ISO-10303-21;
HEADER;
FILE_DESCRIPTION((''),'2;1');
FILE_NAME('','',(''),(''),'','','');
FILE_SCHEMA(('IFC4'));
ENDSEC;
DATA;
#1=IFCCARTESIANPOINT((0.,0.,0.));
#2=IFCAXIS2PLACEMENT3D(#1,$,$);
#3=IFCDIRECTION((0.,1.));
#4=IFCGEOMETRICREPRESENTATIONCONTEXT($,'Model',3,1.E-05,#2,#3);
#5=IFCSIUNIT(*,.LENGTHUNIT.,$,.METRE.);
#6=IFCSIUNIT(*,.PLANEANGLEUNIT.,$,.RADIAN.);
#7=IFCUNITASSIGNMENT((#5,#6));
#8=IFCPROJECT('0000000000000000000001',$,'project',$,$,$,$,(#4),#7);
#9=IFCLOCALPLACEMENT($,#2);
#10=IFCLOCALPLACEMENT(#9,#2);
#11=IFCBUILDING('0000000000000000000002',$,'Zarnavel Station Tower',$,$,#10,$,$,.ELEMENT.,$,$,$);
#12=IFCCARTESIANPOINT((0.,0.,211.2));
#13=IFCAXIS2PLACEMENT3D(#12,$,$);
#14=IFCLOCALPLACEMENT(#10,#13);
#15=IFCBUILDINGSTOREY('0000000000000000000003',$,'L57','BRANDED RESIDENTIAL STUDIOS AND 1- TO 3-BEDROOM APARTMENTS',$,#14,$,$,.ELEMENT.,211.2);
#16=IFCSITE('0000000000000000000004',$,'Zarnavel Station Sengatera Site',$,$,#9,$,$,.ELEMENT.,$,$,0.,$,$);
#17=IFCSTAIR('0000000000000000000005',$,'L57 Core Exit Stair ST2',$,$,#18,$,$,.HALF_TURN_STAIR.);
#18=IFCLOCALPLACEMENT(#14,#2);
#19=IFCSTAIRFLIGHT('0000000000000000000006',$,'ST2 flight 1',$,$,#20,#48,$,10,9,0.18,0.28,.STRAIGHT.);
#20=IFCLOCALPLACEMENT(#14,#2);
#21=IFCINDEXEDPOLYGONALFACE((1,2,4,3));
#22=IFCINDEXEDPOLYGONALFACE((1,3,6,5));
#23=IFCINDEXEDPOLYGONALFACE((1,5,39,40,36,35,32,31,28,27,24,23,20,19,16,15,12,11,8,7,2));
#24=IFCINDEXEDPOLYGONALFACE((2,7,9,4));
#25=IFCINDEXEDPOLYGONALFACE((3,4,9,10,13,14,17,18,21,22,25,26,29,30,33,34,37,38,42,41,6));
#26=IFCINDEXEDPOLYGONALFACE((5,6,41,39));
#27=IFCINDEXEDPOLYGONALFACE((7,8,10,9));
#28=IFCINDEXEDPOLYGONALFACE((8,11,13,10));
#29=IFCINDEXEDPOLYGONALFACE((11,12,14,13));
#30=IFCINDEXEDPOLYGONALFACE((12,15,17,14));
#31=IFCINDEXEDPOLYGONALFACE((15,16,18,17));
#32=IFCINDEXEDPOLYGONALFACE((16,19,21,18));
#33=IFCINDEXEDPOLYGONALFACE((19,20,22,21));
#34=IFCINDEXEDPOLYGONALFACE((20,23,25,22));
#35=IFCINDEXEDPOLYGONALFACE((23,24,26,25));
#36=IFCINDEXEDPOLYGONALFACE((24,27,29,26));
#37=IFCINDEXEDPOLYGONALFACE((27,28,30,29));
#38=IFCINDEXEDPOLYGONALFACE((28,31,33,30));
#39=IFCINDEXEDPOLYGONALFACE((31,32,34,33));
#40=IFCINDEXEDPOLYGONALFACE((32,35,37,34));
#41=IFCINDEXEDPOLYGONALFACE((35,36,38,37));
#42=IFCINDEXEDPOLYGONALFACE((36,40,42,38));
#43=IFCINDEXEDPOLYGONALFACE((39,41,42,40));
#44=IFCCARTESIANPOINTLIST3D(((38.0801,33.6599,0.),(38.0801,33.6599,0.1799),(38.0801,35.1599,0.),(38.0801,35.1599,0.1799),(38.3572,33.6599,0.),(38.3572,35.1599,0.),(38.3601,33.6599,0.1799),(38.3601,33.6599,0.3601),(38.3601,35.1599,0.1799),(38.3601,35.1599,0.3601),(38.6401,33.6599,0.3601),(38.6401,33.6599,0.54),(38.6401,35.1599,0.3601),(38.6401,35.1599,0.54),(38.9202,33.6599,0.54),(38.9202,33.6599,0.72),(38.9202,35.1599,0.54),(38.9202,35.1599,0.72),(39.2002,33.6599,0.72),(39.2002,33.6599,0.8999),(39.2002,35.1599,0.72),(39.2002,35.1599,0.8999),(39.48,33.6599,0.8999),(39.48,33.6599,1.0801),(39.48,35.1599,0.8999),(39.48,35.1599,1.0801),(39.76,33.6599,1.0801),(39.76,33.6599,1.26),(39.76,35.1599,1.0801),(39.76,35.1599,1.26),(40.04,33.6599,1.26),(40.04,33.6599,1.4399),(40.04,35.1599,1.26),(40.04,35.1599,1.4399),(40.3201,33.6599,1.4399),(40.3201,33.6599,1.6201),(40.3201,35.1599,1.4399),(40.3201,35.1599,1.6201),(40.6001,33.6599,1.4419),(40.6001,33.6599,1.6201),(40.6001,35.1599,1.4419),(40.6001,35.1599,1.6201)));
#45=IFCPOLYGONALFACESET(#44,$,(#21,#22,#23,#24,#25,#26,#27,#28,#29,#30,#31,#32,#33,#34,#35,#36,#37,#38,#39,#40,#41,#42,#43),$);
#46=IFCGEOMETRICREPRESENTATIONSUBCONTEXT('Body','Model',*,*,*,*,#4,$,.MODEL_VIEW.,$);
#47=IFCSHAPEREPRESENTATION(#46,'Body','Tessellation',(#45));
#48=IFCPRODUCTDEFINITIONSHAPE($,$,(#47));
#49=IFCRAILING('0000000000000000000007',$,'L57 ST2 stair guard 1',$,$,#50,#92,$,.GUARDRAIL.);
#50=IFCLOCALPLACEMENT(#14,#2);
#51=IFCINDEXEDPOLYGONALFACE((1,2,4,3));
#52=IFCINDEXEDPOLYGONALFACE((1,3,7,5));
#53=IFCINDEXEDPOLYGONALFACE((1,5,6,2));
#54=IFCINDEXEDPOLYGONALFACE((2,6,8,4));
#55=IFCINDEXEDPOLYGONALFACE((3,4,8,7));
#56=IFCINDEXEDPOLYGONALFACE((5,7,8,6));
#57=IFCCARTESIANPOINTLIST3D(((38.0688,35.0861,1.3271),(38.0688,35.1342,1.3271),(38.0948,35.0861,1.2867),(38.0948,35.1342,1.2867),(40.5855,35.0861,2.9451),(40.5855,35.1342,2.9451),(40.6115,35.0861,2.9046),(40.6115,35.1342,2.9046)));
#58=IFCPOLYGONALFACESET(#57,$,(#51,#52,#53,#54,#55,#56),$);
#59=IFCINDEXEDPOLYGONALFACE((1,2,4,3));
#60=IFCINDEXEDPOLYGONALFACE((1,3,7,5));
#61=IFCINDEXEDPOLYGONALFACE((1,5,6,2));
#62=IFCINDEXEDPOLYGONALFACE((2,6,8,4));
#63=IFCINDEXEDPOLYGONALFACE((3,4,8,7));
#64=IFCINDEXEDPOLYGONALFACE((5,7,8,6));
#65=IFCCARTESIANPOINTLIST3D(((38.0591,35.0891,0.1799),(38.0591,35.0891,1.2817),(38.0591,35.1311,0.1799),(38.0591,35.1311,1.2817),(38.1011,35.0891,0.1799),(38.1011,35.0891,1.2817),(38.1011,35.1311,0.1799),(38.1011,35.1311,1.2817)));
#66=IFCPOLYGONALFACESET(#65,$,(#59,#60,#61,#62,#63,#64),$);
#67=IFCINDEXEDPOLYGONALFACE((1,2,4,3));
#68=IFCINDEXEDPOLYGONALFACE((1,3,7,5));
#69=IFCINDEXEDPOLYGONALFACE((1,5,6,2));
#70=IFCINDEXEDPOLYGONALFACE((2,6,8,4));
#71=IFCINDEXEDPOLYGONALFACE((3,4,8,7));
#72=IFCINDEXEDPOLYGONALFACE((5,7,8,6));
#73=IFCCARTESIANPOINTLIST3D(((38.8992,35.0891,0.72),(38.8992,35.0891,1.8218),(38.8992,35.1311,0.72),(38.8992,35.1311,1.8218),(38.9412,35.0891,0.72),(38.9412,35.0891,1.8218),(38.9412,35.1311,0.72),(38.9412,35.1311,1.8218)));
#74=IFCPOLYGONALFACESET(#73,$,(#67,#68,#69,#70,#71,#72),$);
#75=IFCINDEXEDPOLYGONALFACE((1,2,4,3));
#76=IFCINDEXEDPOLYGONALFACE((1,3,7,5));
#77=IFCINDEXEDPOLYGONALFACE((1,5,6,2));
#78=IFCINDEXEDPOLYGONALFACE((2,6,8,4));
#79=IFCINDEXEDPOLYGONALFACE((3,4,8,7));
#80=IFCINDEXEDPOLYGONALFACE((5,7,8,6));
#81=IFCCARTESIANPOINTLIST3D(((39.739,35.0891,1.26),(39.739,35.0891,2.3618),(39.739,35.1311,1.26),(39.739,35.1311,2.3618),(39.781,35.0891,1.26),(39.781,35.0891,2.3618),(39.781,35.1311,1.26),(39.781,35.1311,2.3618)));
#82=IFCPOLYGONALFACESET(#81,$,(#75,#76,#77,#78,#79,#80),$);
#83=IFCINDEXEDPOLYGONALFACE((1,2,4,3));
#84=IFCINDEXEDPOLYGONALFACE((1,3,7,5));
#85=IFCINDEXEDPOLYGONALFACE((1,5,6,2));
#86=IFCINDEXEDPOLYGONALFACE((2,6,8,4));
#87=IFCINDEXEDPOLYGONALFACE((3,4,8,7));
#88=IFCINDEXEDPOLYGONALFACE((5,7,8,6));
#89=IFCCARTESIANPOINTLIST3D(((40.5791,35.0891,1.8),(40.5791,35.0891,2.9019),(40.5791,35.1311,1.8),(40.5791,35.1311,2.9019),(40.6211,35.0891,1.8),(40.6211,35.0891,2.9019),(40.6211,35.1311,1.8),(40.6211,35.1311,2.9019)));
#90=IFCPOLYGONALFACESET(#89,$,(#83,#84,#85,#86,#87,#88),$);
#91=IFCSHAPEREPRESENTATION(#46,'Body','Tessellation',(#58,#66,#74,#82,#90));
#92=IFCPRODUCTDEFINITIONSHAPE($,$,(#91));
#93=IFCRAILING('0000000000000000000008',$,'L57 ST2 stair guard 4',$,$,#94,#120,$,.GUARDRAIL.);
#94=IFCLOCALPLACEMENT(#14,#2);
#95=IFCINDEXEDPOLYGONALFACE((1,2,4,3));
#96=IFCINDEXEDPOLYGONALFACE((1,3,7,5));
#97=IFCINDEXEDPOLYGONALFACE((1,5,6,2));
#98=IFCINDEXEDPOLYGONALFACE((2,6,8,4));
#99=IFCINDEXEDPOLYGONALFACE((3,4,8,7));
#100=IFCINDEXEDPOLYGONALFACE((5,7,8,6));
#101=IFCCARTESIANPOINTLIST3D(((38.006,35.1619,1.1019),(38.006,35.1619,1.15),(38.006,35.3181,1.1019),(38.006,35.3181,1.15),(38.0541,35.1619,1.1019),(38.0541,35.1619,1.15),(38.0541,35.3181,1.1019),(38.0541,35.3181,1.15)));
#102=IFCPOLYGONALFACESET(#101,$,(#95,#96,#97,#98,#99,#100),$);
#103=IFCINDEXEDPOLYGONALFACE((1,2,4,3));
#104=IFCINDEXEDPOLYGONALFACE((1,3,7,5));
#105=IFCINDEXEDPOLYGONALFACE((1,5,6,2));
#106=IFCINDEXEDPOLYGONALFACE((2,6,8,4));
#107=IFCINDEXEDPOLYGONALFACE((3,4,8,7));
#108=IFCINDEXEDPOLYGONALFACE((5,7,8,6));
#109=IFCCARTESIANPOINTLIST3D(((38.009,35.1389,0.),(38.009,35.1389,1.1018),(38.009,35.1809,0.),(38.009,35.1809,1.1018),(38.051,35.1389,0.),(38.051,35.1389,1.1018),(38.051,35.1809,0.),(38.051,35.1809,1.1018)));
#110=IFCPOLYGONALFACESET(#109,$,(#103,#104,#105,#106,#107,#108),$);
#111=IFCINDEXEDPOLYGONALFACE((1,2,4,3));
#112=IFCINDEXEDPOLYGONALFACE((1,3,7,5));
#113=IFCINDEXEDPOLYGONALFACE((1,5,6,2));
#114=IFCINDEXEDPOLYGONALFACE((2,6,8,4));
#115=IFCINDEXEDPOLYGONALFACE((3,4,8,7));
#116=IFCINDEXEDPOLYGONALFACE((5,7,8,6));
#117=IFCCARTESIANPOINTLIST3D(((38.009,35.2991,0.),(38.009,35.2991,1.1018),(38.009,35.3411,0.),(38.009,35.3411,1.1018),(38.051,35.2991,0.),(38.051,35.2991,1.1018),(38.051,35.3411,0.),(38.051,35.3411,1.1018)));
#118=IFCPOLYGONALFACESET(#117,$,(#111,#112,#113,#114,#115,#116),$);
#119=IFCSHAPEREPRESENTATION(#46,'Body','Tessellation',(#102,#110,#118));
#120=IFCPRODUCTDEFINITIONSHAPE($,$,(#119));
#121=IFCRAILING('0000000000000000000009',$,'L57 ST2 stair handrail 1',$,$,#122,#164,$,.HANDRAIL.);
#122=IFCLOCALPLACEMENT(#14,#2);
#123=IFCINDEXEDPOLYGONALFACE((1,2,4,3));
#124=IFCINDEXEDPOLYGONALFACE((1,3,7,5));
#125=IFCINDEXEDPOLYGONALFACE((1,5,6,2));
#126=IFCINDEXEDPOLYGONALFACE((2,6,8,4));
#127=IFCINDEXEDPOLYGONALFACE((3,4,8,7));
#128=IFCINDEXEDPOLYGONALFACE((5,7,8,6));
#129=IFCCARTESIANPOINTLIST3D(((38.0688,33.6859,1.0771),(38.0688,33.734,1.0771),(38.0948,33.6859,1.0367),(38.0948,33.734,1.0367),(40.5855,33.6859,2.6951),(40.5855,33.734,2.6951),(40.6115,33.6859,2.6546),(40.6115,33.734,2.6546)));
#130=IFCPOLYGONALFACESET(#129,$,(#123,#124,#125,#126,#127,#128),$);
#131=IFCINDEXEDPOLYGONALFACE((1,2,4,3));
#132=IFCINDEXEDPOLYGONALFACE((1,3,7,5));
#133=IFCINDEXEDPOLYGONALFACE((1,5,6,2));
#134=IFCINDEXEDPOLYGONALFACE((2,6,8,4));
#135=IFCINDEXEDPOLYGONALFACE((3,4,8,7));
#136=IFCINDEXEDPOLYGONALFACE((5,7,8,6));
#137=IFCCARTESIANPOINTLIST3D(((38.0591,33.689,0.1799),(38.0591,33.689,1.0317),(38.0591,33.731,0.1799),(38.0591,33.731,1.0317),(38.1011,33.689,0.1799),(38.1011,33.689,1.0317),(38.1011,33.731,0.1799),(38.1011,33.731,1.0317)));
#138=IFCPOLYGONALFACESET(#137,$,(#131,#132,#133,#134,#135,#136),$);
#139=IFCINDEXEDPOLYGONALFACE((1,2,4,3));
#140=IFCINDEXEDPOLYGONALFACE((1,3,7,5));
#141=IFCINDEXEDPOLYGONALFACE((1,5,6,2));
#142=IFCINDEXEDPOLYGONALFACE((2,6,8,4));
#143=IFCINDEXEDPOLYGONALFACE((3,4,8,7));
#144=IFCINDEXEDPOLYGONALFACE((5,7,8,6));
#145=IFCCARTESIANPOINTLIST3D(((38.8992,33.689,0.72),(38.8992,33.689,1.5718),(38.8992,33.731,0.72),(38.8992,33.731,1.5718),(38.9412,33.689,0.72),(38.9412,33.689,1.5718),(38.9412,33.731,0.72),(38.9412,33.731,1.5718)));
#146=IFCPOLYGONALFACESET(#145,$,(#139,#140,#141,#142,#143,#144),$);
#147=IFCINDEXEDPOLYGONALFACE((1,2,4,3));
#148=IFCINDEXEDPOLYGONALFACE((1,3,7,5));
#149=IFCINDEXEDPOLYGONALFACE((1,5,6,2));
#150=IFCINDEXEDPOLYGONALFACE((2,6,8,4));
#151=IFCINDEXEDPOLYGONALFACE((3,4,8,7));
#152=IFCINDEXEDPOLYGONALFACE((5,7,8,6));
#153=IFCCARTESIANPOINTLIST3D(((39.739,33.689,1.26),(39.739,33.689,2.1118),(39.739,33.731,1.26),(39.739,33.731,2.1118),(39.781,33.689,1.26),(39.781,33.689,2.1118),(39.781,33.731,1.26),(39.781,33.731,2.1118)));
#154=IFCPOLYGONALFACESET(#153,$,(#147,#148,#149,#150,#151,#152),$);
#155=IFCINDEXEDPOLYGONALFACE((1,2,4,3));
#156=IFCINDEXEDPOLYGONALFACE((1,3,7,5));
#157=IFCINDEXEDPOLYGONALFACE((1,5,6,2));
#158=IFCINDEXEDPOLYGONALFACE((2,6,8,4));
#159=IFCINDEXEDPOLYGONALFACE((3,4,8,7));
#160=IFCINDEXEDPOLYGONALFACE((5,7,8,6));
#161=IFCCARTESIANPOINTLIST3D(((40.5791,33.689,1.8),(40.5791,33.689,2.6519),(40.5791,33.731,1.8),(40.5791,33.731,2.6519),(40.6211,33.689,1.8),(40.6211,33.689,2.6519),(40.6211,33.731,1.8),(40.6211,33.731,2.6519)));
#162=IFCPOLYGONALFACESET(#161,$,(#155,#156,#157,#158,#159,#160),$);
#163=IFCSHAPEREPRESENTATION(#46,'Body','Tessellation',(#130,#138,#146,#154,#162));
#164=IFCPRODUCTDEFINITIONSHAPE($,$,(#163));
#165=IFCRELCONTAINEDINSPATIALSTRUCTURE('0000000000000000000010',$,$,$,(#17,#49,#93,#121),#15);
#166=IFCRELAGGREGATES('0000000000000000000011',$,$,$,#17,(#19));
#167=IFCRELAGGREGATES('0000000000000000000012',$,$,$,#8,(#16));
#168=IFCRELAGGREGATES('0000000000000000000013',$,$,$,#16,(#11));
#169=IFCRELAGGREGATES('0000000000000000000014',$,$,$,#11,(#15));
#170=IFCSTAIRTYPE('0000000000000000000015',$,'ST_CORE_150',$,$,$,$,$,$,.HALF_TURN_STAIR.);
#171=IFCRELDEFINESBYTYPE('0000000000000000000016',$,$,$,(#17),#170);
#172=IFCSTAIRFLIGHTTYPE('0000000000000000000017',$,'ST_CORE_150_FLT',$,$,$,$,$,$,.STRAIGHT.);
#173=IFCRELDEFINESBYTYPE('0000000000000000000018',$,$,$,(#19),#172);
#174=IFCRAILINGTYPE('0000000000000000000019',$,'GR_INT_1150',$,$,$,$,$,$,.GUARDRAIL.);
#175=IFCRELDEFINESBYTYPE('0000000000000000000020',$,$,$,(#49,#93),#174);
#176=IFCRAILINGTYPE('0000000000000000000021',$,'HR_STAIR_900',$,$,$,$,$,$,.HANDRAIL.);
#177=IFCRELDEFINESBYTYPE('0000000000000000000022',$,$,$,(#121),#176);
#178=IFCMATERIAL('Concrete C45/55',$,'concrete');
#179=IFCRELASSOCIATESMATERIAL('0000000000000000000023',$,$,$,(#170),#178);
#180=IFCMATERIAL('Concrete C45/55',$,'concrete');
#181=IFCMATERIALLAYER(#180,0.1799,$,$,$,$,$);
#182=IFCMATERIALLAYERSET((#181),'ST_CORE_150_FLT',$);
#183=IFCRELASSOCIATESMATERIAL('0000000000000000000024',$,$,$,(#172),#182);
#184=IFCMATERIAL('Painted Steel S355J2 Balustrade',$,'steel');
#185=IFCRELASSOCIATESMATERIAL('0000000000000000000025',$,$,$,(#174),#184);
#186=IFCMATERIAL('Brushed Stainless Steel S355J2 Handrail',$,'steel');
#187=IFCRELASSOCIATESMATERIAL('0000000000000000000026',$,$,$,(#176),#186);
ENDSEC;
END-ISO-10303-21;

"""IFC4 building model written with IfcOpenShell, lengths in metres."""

from ifc_helpers import new_model, si_unit, direction, frame, origin, origin_2d, place, context, subcontext, project, spatial, polyline, rectangle, outline, extrude, material, layer, layer_set, type_object, element, aggregate, save


model = new_model("IFC4")

# Units and contexts
model_context = context("Model", 3, precision=1e-05, world=origin(), true_north=direction((0.0, 1.0)))
body_context = subcontext(model_context, "Body", "Model", "MODEL_VIEW")
ifc_project = project(units=[si_unit("LENGTHUNIT", "METRE"), si_unit("PLANEANGLEUNIT", "RADIAN")], contexts=[model_context])

# Site, building, storey
site_placement = place(None, origin())
site = spatial("IfcSite", under=ifc_project, at=site_placement, Name="Zarnavel Station Sengatera Site", CompositionType="ELEMENT", RefElevation=0.0)
building_placement = place(site_placement, origin())
building = spatial("IfcBuilding", under=site, at=building_placement, Name="Zarnavel Station Tower", CompositionType="ELEMENT")
storey_placement = place(building_placement, frame((0.0, 0.0, 211.2)))
storey = spatial("IfcBuildingStorey", under=building, at=storey_placement, Name="L57", Description="BRANDED RESIDENTIAL STUDIOS AND 1- TO 3-BEDROOM APARTMENTS", CompositionType="ELEMENT", Elevation=211.2)

# Stair, stair flight
ifc_material_1 = material(Name="Concrete C45/55", Category="concrete")
stair_type = type_object("IfcStairType", Name="ST_CORE_150", PredefinedType="HALF_TURN_STAIR", material=ifc_material_1)
stair_placement = place(storey_placement, origin())
stair = element("IfcStair", 1, at=stair_placement, inside=storey, type_object=stair_type, Name="L57 Core Exit Stair ST2", PredefinedType="HALF_TURN_STAIR")
ifc_material_2 = material(Name="Concrete C45/55", Category="concrete")
ifc_layer_1 = layer(ifc_material_2, 0.1799)
ifc_layer_set_1 = layer_set([ifc_layer_1], Name="ST_CORE_150_FLT")
stair_flight_type = type_object("IfcStairFlightType", Name="ST_CORE_150_FLT", PredefinedType="STRAIGHT", material=ifc_layer_set_1)
stair_flight_placement = place(storey_placement, frame((38.0801, 34.4099, 0.0), z_axis=(0.0, 0.0, 1.0), x_axis=(1.0, 0.0, 0.0)))
stair_flight = element("IfcStairFlight", 2, at=stair_flight_placement, type_object=stair_flight_type, Name="ST2 flight 1", NumberOfRisers=10, NumberOfTreads=9, PredefinedType="STRAIGHT", RiserHeight=0.18, TreadLength=0.28, context=body_context, shape_type="SweptSolid", body=[
    extrude(outline(polyline([(0.0, 0.0), (0.0, 0.1799), (0.28, 0.1799), (0.28, 0.3601), (0.5601, 0.3601), (0.5601, 0.54), (0.8401, 0.54), (0.8401, 0.72), (1.1201, 0.72), (1.1201, 0.8999), (1.3999, 0.8999), (1.3999, 1.0801), (1.6799, 1.0801), (1.6799, 1.26), (1.96, 1.26), (1.96, 1.4399), (2.24, 1.4399), (2.24, 1.6201), (2.52, 1.6201), (2.52, 1.8), (2.52, 1.4419), (0.2771, 0.0), (0.0, 0.0)])), frame((0.0, 0.75, 0.0), z_axis=(0.0, -1.0, 0.0), x_axis=(1.0, 0.0, 0.0)), (0.0, 0.0, 1.0), 1.5),
])
aggregate(stair, [stair_flight])

# Railings
ifc_material_3 = material(Name="Painted Steel S355J2 Balustrade", Category="steel")
railing_type_1 = type_object("IfcRailingType", Name="GR_INT_1150", PredefinedType="GUARDRAIL", material=ifc_material_3)
railing_1_placement = place(storey_placement, frame((38.0801, 35.1101, 0.1799)))
element("IfcRailing", 3, at=railing_1_placement, inside=storey, type_object=railing_type_1, Name="L57 ST2 stair guard 1", PredefinedType="GUARDRAIL", context=body_context, shape_type="SweptSolid", body=[
    extrude(rectangle(XDim=0.0481, YDim=0.0481, at=origin_2d()), frame((0.0017, 0.0, 1.127), z_axis=(0.841163, 0.0, 0.540782), x_axis=(0.0, 1.0, 0.0)), (0.0, 0.0, 1.0), 2.9919),
    extrude(rectangle(XDim=0.042, YDim=0.042, at=origin_2d()), origin(), (0.0, 0.0, 1.0), 1.1018),
    extrude(rectangle(XDim=0.042, YDim=0.042, at=origin_2d()), frame((0.8401, 0.0, 0.54)), (0.0, 0.0, 1.0), 1.1018),
    extrude(rectangle(XDim=0.042, YDim=0.042, at=origin_2d()), frame((1.6799, 0.0, 1.0801)), (0.0, 0.0, 1.0), 1.1018),
    extrude(rectangle(XDim=0.042, YDim=0.042, at=origin_2d()), frame((2.52, 0.0, 1.6201)), (0.0, 0.0, 1.0), 1.1018),
])
railing_2_placement = place(storey_placement, frame((38.03, 35.1599, 0.0)))
element("IfcRailing", 4, at=railing_2_placement, inside=storey, type_object=railing_type_1, Name="L57 ST2 stair guard 4", PredefinedType="GUARDRAIL", context=body_context, shape_type="SweptSolid", body=[
    extrude(rectangle(XDim=0.0481, YDim=0.0481, at=origin_2d()), frame((0.0, 0.002, 1.126), z_axis=(0.0, 1.0, 0.0), x_axis=(-1.0, 0.0, 0.0)), (0.0, 0.0, 1.0), 0.1562),
    extrude(rectangle(XDim=0.042, YDim=0.042, at=origin_2d()), origin(), (0.0, 0.0, 1.0), 1.1018),
    extrude(rectangle(XDim=0.042, YDim=0.042, at=origin_2d()), frame((0.0, 0.1602, 0.0)), (0.0, 0.0, 1.0), 1.1018),
])
ifc_material_4 = material(Name="Brushed Stainless Steel S355J2 Handrail", Category="steel")
railing_type_2 = type_object("IfcRailingType", Name="HR_STAIR_900", PredefinedType="HANDRAIL", material=ifc_material_4)
railing_3_placement = place(storey_placement, frame((38.0801, 33.71, 0.1799)))
element("IfcRailing", 5, at=railing_3_placement, inside=storey, type_object=railing_type_2, Name="L57 ST2 stair handrail 1", PredefinedType="HANDRAIL", context=body_context, shape_type="SweptSolid", body=[
    extrude(rectangle(XDim=0.0481, YDim=0.0481, at=origin_2d()), frame((0.0017, 0.0, 0.877), z_axis=(0.841163, 0.0, 0.540782), x_axis=(0.0, 1.0, 0.0)), (0.0, 0.0, 1.0), 2.9919),
    extrude(rectangle(XDim=0.042, YDim=0.042, at=origin_2d()), origin(), (0.0, 0.0, 1.0), 0.8518),
    extrude(rectangle(XDim=0.042, YDim=0.042, at=origin_2d()), frame((0.8401, 0.0, 0.54)), (0.0, 0.0, 1.0), 0.8518),
    extrude(rectangle(XDim=0.042, YDim=0.042, at=origin_2d()), frame((1.6799, 0.0, 1.0801)), (0.0, 0.0, 1.0), 0.8518),
    extrude(rectangle(XDim=0.042, YDim=0.042, at=origin_2d()), frame((2.52, 0.0, 1.6201)), (0.0, 0.0, 1.0), 0.8518),
])

save(model, "model.ifc")
